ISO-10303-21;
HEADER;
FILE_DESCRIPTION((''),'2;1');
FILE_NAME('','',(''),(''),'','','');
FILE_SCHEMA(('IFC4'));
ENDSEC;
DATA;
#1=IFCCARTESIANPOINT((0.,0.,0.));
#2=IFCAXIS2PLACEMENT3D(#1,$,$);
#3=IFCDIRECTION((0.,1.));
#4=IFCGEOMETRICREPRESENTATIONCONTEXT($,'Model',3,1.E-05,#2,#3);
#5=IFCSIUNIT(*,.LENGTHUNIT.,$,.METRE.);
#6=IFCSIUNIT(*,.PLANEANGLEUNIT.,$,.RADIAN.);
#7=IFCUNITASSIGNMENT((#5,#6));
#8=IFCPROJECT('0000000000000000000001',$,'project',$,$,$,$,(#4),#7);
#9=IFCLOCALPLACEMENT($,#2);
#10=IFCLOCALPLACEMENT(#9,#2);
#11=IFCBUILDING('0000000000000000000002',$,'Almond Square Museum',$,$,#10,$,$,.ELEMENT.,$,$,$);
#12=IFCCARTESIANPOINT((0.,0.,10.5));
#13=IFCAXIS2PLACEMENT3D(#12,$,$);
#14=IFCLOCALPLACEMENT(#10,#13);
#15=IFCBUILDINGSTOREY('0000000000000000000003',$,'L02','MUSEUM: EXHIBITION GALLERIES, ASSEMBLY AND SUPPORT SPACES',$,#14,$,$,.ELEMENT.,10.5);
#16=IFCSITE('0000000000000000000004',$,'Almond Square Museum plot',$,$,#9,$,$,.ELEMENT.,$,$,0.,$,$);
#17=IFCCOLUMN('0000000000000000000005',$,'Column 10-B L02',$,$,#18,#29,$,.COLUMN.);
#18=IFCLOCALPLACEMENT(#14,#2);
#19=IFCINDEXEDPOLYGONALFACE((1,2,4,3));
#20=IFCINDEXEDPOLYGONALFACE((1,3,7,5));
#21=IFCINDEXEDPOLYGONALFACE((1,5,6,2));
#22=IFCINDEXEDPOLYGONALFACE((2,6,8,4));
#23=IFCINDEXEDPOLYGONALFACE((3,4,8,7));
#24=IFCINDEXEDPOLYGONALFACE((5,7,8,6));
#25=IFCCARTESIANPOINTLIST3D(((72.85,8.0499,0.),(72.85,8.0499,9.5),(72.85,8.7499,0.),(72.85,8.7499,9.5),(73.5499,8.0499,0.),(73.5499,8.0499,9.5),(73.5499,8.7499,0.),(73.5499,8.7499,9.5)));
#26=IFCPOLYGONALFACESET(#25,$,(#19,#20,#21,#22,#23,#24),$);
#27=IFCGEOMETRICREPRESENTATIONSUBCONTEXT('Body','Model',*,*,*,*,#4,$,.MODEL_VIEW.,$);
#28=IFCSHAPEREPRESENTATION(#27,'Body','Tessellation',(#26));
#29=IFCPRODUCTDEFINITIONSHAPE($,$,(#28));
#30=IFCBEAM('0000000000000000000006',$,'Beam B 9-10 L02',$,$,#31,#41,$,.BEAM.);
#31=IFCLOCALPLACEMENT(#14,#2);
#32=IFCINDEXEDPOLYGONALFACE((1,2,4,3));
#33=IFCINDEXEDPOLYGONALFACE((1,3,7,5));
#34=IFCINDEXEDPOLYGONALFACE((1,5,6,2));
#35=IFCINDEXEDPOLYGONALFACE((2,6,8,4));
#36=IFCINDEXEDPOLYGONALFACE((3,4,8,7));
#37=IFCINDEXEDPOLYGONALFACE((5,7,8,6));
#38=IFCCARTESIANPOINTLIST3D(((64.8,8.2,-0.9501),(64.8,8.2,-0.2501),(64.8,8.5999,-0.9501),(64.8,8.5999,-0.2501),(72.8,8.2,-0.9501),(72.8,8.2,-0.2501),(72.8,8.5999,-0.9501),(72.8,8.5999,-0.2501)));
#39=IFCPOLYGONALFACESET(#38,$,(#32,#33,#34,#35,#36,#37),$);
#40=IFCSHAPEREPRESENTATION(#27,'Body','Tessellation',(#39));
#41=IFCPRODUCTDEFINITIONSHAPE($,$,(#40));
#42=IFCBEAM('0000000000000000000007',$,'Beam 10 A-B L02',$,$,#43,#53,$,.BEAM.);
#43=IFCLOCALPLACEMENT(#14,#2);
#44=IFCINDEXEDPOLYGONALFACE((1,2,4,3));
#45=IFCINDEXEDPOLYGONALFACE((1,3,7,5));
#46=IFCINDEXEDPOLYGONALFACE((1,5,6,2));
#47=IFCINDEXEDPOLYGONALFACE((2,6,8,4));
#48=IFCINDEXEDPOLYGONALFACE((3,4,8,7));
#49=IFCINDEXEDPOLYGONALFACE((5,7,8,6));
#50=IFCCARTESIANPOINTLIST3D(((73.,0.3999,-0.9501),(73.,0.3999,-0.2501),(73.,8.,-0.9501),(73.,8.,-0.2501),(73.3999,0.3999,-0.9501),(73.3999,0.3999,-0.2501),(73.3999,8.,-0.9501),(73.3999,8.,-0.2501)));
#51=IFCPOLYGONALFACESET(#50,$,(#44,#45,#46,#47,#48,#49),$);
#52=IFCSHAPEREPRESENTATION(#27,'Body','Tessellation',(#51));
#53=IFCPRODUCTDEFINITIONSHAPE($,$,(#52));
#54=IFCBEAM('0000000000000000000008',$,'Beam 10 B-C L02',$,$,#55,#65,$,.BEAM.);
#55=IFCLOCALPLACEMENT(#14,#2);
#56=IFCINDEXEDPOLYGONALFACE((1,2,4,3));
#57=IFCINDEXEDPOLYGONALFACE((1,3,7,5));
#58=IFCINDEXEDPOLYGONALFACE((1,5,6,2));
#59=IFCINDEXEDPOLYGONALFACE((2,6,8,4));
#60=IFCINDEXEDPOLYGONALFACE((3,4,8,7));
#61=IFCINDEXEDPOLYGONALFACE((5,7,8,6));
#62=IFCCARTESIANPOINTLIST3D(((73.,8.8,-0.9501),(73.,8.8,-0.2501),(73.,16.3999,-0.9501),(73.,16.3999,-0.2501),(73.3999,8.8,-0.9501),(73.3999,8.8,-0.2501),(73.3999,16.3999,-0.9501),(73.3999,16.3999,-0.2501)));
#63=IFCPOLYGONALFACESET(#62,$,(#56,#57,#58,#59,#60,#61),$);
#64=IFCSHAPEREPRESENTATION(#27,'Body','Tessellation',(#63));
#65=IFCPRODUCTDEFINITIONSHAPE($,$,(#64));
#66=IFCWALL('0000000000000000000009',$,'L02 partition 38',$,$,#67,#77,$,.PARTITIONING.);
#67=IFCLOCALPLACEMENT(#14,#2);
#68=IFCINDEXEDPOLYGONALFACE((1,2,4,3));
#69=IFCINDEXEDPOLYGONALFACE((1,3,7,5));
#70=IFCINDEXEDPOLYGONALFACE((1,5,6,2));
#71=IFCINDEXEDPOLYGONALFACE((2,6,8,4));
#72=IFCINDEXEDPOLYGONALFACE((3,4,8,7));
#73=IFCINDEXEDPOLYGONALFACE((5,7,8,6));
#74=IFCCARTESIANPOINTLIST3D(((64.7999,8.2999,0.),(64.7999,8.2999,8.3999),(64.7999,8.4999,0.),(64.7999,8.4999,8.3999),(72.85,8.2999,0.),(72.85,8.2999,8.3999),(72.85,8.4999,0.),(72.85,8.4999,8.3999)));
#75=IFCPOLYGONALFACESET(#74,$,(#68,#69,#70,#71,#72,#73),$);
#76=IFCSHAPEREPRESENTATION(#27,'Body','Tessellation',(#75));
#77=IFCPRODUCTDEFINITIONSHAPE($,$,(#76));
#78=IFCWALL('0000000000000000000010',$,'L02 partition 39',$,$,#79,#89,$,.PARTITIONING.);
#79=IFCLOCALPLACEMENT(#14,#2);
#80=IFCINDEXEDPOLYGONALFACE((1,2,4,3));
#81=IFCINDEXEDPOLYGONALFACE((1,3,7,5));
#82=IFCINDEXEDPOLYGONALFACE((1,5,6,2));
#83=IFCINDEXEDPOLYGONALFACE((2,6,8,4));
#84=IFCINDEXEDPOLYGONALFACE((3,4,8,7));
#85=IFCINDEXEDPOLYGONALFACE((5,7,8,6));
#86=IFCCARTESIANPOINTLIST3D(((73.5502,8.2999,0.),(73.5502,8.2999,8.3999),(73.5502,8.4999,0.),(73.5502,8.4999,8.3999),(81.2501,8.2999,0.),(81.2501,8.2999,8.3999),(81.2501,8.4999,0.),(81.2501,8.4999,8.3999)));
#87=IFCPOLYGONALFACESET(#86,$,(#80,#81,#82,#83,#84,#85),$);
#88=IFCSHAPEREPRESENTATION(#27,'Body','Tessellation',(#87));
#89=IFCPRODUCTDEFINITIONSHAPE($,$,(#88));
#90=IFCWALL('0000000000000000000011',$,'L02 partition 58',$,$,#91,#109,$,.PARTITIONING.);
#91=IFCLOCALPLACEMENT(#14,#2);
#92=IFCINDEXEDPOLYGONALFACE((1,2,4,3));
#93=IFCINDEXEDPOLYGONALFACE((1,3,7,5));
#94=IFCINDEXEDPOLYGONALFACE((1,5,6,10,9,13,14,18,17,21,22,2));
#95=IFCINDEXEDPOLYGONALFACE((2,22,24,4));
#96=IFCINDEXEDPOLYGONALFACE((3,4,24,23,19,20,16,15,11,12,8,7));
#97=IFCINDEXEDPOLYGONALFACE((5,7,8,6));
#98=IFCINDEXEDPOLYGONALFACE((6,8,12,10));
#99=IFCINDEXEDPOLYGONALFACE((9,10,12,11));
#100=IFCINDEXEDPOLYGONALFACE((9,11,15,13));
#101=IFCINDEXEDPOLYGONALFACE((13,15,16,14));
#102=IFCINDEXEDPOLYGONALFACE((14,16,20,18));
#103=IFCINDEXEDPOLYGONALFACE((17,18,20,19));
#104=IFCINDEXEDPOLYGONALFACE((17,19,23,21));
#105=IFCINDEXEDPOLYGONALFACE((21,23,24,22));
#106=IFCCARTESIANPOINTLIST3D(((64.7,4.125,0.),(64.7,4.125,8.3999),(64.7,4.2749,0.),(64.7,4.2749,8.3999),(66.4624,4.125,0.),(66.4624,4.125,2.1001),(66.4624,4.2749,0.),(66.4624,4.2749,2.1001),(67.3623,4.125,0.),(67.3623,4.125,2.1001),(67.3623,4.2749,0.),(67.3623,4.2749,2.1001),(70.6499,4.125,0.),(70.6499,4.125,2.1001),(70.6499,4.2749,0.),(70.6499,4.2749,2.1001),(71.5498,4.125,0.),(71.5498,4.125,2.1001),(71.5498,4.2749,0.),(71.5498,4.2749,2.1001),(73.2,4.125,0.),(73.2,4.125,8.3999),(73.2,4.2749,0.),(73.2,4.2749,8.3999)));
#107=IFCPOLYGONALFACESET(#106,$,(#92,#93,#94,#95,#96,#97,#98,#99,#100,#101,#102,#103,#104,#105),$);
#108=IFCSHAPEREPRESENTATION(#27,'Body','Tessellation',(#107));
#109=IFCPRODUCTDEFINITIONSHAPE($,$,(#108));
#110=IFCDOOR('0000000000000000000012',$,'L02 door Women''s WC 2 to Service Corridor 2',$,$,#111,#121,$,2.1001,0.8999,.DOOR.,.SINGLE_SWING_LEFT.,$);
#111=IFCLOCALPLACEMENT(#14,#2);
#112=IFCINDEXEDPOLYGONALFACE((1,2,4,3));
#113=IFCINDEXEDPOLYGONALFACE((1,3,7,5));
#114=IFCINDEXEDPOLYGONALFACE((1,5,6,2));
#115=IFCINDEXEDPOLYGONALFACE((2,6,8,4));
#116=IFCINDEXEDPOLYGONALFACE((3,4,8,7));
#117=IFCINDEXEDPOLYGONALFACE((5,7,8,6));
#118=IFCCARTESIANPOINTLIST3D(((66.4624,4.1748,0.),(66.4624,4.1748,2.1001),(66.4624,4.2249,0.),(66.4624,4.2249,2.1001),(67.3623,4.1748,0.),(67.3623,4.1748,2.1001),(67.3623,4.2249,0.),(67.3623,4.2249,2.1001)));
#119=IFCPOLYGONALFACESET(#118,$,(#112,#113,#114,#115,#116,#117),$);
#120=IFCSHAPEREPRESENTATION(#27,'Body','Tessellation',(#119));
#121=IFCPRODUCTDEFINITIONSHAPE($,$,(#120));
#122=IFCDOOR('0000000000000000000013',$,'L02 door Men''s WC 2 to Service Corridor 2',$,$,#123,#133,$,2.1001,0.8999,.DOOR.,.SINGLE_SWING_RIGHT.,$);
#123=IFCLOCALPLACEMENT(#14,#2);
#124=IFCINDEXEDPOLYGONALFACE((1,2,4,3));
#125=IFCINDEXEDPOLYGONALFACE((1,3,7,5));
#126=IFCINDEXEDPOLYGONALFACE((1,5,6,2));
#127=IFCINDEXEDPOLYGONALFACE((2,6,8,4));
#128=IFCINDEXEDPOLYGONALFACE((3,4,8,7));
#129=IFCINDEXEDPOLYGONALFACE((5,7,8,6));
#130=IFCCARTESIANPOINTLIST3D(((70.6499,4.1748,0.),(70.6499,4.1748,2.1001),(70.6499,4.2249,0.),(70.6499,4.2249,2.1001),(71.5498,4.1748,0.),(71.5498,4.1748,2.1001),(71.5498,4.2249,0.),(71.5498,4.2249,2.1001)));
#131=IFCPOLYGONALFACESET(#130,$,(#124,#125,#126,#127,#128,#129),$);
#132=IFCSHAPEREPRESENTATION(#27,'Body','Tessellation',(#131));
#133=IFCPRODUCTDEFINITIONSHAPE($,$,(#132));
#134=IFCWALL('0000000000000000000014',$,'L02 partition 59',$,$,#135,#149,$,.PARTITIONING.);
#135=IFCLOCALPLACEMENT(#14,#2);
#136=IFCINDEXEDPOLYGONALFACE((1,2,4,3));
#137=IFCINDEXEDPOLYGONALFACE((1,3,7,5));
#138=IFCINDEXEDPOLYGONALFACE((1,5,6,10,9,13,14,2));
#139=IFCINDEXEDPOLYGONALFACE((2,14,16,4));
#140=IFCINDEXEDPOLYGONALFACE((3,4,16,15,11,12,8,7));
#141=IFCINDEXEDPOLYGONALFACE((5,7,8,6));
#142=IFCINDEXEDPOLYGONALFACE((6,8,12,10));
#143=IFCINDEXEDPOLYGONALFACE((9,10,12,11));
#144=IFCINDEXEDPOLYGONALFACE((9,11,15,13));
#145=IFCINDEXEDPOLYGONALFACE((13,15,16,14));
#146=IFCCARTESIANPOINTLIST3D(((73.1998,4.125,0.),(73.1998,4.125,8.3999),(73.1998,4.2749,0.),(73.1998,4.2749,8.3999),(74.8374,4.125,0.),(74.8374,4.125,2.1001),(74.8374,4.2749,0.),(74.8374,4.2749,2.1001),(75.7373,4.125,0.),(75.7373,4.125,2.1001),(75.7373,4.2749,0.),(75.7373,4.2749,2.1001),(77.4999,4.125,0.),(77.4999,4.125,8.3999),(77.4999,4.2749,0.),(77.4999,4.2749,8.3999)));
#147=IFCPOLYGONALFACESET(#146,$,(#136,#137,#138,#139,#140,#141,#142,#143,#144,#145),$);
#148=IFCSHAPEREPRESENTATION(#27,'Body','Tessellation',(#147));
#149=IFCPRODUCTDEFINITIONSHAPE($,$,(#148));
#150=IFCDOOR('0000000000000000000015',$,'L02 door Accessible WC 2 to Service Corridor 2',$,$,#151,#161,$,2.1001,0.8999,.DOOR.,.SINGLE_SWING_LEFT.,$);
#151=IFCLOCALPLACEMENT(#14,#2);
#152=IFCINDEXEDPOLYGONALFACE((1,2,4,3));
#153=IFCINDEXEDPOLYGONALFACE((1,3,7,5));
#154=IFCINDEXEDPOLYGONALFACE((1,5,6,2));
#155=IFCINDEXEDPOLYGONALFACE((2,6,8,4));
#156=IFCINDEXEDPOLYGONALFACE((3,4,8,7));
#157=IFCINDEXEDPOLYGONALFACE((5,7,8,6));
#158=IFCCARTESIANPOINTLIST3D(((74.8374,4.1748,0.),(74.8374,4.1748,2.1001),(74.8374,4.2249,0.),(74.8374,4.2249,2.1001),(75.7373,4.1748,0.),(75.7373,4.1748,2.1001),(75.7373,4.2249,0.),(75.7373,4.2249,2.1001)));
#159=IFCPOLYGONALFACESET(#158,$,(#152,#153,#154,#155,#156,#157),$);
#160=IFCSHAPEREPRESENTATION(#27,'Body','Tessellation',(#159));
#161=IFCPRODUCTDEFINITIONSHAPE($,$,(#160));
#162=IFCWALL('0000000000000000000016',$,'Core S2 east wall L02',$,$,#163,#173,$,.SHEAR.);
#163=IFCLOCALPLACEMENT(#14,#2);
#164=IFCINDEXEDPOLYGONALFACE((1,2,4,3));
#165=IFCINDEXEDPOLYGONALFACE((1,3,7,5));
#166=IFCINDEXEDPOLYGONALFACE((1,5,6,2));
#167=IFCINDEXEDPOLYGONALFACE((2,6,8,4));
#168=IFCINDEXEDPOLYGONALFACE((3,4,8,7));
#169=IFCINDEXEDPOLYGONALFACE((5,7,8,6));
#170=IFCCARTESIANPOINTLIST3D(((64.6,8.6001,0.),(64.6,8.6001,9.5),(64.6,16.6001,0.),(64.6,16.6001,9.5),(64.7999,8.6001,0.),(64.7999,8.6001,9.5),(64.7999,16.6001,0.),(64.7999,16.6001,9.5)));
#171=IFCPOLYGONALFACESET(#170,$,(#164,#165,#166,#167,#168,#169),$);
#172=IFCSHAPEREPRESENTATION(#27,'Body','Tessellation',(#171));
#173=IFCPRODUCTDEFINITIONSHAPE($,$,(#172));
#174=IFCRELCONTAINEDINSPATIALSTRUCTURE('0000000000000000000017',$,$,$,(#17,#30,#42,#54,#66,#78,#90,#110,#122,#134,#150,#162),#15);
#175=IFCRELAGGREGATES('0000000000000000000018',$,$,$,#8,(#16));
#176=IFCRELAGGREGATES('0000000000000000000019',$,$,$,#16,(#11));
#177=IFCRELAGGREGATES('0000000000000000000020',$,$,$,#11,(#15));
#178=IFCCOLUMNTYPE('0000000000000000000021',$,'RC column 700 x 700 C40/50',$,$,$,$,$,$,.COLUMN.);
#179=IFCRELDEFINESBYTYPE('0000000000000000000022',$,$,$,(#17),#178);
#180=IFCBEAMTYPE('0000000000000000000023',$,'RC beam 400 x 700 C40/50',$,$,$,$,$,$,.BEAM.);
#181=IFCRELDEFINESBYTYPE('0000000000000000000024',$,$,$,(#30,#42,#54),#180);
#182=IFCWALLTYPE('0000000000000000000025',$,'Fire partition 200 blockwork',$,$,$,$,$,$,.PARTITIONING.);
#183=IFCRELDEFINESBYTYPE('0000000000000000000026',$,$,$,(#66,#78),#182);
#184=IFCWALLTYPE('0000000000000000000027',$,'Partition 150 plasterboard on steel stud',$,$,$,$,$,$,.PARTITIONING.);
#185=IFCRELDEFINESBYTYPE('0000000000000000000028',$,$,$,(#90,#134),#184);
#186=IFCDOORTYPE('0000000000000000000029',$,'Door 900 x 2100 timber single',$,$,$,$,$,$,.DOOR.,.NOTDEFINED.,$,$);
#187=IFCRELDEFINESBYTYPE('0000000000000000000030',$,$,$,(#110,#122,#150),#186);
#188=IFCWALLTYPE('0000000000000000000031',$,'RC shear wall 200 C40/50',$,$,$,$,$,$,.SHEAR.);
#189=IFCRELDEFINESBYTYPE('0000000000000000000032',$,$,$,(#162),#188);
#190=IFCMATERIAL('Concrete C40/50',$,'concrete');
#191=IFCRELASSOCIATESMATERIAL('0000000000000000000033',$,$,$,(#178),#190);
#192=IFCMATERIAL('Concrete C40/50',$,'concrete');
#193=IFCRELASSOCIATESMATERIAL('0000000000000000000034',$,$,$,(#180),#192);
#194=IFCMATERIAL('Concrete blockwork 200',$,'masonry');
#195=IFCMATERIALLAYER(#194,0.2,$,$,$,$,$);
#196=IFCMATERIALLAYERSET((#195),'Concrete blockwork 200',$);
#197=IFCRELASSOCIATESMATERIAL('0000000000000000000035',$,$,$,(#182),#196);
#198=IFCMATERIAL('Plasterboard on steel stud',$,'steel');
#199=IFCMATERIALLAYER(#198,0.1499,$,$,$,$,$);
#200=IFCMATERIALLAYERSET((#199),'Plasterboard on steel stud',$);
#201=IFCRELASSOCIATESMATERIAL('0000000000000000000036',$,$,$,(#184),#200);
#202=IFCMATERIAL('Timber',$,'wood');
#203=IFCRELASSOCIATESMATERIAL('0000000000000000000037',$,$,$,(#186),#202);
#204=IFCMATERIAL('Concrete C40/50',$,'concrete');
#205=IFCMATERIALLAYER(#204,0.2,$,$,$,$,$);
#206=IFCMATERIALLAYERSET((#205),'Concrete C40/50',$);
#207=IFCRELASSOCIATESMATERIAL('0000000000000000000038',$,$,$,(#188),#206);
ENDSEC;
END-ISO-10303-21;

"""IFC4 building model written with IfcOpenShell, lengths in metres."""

from ifc_helpers import new_model, si_unit, direction, frame, frame_2d, origin, origin_2d, place, context, subcontext, project, spatial, rectangle, extrude, material, layer, layer_set, material_profile, profile_set, type_object, element, fill, save


model = new_model("IFC4")

# Units and contexts
model_context = context("Model", 3, precision=1e-05, world=origin(), true_north=direction((0.0, 1.0)))
body_context = subcontext(model_context, "Body", "Model", "MODEL_VIEW")
ifc_project = project(units=[si_unit("LENGTHUNIT", "METRE"), si_unit("PLANEANGLEUNIT", "RADIAN")], contexts=[model_context])

# Site, building, storey
site_placement = place(None, origin())
site = spatial("IfcSite", under=ifc_project, at=site_placement, Name="Almond Square Museum plot", CompositionType="ELEMENT", RefElevation=0.0)
building_placement = place(site_placement, origin())
building = spatial("IfcBuilding", under=site, at=building_placement, Name="Almond Square Museum", CompositionType="ELEMENT")
storey_placement = place(building_placement, frame((0.0, 0.0, 10.5)))
storey = spatial("IfcBuildingStorey", under=building, at=storey_placement, Name="L02", Description="MUSEUM: EXHIBITION GALLERIES, ASSEMBLY AND SUPPORT SPACES", CompositionType="ELEMENT", Elevation=10.5)

# Column
ifc_material_1 = material(Name="Concrete C40/50", Category="concrete")
ifc_material_profile_1 = material_profile(ifc_material_1, rectangle(XDim=0.7, YDim=0.7, at=origin_2d()))
ifc_profile_set_1 = profile_set([ifc_material_profile_1], Name="Concrete C40/50")
column_type = type_object("IfcColumnType", Name="RC column 700 x 700 C40/50", PredefinedType="COLUMN", material=ifc_profile_set_1)
column_placement = place(storey_placement, frame((73.2, 8.3999, 0.0), z_axis=(0.0, 0.0, 1.0), x_axis=(1.0, 0.0, 0.0)))
element("IfcColumn", 1, at=column_placement, inside=storey, type_object=column_type, Name="Column 10-B L02", PredefinedType="COLUMN", context=body_context, shape_type="SweptSolid", body=[
    extrude(rectangle(XDim=0.7, YDim=0.7, at=origin_2d()), origin(), (0.0, 0.0, 1.0), 9.5),
])

# Beams
ifc_material_2 = material(Name="Concrete C40/50", Category="concrete")
ifc_material_profile_2 = material_profile(ifc_material_2, rectangle(XDim=0.3999, YDim=0.7, at=origin_2d()))
ifc_profile_set_2 = profile_set([ifc_material_profile_2], Name="Concrete C40/50")
beam_type = type_object("IfcBeamType", Name="RC beam 400 x 700 C40/50", PredefinedType="BEAM", material=ifc_profile_set_2)
beam_1_placement = place(storey_placement, frame((64.8, 8.3999, -0.6001), z_axis=(1.0, 0.0, 0.0), x_axis=(0.0, 1.0, 0.0)))
element("IfcBeam", 2, at=beam_1_placement, inside=storey, type_object=beam_type, Name="Beam B 9-10 L02", PredefinedType="BEAM", context=body_context, shape_type="SweptSolid", body=[
    extrude(rectangle(XDim=0.3999, YDim=0.7, at=origin_2d()), origin(), (0.0, 0.0, 1.0), 8.0),
])
beam_2_placement = place(storey_placement, frame((73.2, 0.3999, -0.6001), z_axis=(0.0, 1.0, 0.0), x_axis=(-1.0, 0.0, 0.0)))
element("IfcBeam", 3, at=beam_2_placement, inside=storey, type_object=beam_type, Name="Beam 10 A-B L02", PredefinedType="BEAM", context=body_context, shape_type="SweptSolid", body=[
    extrude(rectangle(XDim=0.3999, YDim=0.7, at=origin_2d()), origin(), (0.0, 0.0, 1.0), 7.6001),
])
beam_3_placement = place(storey_placement, frame((73.2, 8.8, -0.6001), z_axis=(0.0, 1.0, 0.0), x_axis=(-1.0, 0.0, 0.0)))
element("IfcBeam", 4, at=beam_3_placement, inside=storey, type_object=beam_type, Name="Beam 10 B-C L02", PredefinedType="BEAM", context=body_context, shape_type="SweptSolid", body=[
    extrude(rectangle(XDim=0.3999, YDim=0.7, at=origin_2d()), origin(), (0.0, 0.0, 1.0), 7.5999),
])

# Walls
ifc_material_3 = material(Name="Concrete blockwork 200", Category="masonry")
ifc_layer_1 = layer(ifc_material_3, 0.2)
ifc_layer_set_1 = layer_set([ifc_layer_1], Name="Concrete blockwork 200")
wall_type_1 = type_object("IfcWallType", Name="Fire partition 200 blockwork", PredefinedType="PARTITIONING", material=ifc_layer_set_1)
wall_1_placement = place(storey_placement, frame((64.8, 8.3999, 0.0), z_axis=(0.0, 0.0, 1.0), x_axis=(1.0, 0.0, 0.0)))
element("IfcWall", 5, at=wall_1_placement, inside=storey, type_object=wall_type_1, Name="L02 partition 38", PredefinedType="PARTITIONING", context=body_context, shape_type="SweptSolid", body=[
    extrude(rectangle(XDim=8.05, YDim=0.2, at=frame_2d((4.0249, 0.0))), origin(), (0.0, 0.0, 1.0), 8.3999),
])
wall_2_placement = place(storey_placement, frame((73.55, 8.3999, 0.0), z_axis=(0.0, 0.0, 1.0), x_axis=(1.0, 0.0, 0.0)))
element("IfcWall", 6, at=wall_2_placement, inside=storey, type_object=wall_type_1, Name="L02 partition 39", PredefinedType="PARTITIONING", context=body_context, shape_type="SweptSolid", body=[
    extrude(rectangle(XDim=7.7, YDim=0.2, at=frame_2d((3.8501, 0.0))), origin(), (0.0, 0.0, 1.0), 8.3999),
])

# Wall, openings, doors
ifc_material_4 = material(Name="Plasterboard on steel stud", Category="steel")
ifc_layer_2 = layer(ifc_material_4, 0.1499)
ifc_layer_set_2 = layer_set([ifc_layer_2], Name="Plasterboard on steel stud")
wall_type_2 = type_object("IfcWallType", Name="Partition 150 plasterboard on steel stud", PredefinedType="PARTITIONING", material=ifc_layer_set_2)
wall_3_placement = place(storey_placement, frame((64.7, 4.2, 0.0), z_axis=(0.0, 0.0, 1.0), x_axis=(1.0, 0.0, 0.0)))
wall_3 = element("IfcWall", 7, at=wall_3_placement, inside=storey, type_object=wall_type_2, Name="L02 partition 58", PredefinedType="PARTITIONING", context=body_context, shape_type="SweptSolid", body=[
    extrude(rectangle(XDim=8.5, YDim=0.1499, at=frame_2d((4.25, 0.0))), origin(), (0.0, 0.0, 1.0), 8.3999),
])
opening_1_placement = place(wall_3_placement, frame((1.7625, 0.0, 0.0)))
opening_1 = element("IfcOpeningElement", 8, at=opening_1_placement, cuts=wall_3, PredefinedType="OPENING", context=body_context, shape_type="SweptSolid", body=[
    extrude(rectangle(XDim=0.8999, YDim=2.1001, at=frame_2d((0.45, 1.05))), frame((0.0, 0.085, 0.0), z_axis=(0.0, -1.0, 0.0), x_axis=(1.0, 0.0, 0.0)), (0.0, 0.0, 1.0), 0.1699),
])
opening_2_placement = place(wall_3_placement, frame((5.95, 0.0, 0.0)))
opening_2 = element("IfcOpeningElement", 9, at=opening_2_placement, cuts=wall_3, PredefinedType="OPENING", context=body_context, shape_type="SweptSolid", body=[
    extrude(rectangle(XDim=0.8999, YDim=2.1001, at=frame_2d((0.45, 1.05))), frame((0.0, 0.085, 0.0), z_axis=(0.0, -1.0, 0.0), x_axis=(1.0, 0.0, 0.0)), (0.0, 0.0, 1.0), 0.1699),
])
ifc_material_5 = material(Name="Timber", Category="wood")
door_type = type_object("IfcDoorType", Name="Door 900 x 2100 timber single", OperationType="NOTDEFINED", PredefinedType="DOOR", material=ifc_material_5)
door_1_placement = place(opening_1_placement, origin())
door_1 = element("IfcDoor", 10, at=door_1_placement, inside=storey, type_object=door_type, Name="L02 door Women's WC 2 to Service Corridor 2", OperationType="SINGLE_SWING_LEFT", OverallHeight=2.1001, OverallWidth=0.8999, PredefinedType="DOOR", context=body_context, shape_type="SweptSolid", body=[
    extrude(rectangle(XDim=0.8999, YDim=2.1001, at=frame_2d((0.45, 1.05))), frame((0.0, 0.0249, 0.0), z_axis=(0.0, -1.0, 0.0), x_axis=(1.0, 0.0, 0.0)), (0.0, 0.0, 1.0), 0.05),
])
fill(opening_1, door_1)
door_2_placement = place(opening_2_placement, origin())
door_2 = element("IfcDoor", 11, at=door_2_placement, inside=storey, type_object=door_type, Name="L02 door Men's WC 2 to Service Corridor 2", OperationType="SINGLE_SWING_RIGHT", OverallHeight=2.1001, OverallWidth=0.8999, PredefinedType="DOOR", context=body_context, shape_type="SweptSolid", body=[
    extrude(rectangle(XDim=0.8999, YDim=2.1001, at=frame_2d((0.45, 1.05))), frame((0.0, 0.0249, 0.0), z_axis=(0.0, -1.0, 0.0), x_axis=(1.0, 0.0, 0.0)), (0.0, 0.0, 1.0), 0.05),
])
fill(opening_2, door_2)

# Wall, opening, door
wall_4_placement = place(storey_placement, frame((73.2, 4.2, 0.0), z_axis=(0.0, 0.0, 1.0), x_axis=(1.0, 0.0, 0.0)))
wall_4 = element("IfcWall", 12, at=wall_4_placement, inside=storey, type_object=wall_type_2, Name="L02 partition 59", PredefinedType="PARTITIONING", context=body_context, shape_type="SweptSolid", body=[
    extrude(rectangle(XDim=4.3, YDim=0.1499, at=frame_2d((2.1499, 0.0))), origin(), (0.0, 0.0, 1.0), 8.3999),
])
opening_3_placement = place(wall_4_placement, frame((1.6375, 0.0, 0.0)))
opening_3 = element("IfcOpeningElement", 13, at=opening_3_placement, cuts=wall_4, PredefinedType="OPENING", context=body_context, shape_type="SweptSolid", body=[
    extrude(rectangle(XDim=0.8999, YDim=2.1001, at=frame_2d((0.45, 1.05))), frame((0.0, 0.085, 0.0), z_axis=(0.0, -1.0, 0.0), x_axis=(1.0, 0.0, 0.0)), (0.0, 0.0, 1.0), 0.1699),
])
door_3_placement = place(opening_3_placement, origin())
door_3 = element("IfcDoor", 14, at=door_3_placement, inside=storey, type_object=door_type, Name="L02 door Accessible WC 2 to Service Corridor 2", OperationType="SINGLE_SWING_LEFT", OverallHeight=2.1001, OverallWidth=0.8999, PredefinedType="DOOR", context=body_context, shape_type="SweptSolid", body=[
    extrude(rectangle(XDim=0.8999, YDim=2.1001, at=frame_2d((0.45, 1.05))), frame((0.0, 0.0249, 0.0), z_axis=(0.0, -1.0, 0.0), x_axis=(1.0, 0.0, 0.0)), (0.0, 0.0, 1.0), 0.05),
])
fill(opening_3, door_3)

# Wall
ifc_material_6 = material(Name="Concrete C40/50", Category="concrete")
ifc_layer_3 = layer(ifc_material_6, 0.2)
ifc_layer_set_3 = layer_set([ifc_layer_3], Name="Concrete C40/50")
wall_type_3 = type_object("IfcWallType", Name="RC shear wall 200 C40/50", PredefinedType="SHEAR", material=ifc_layer_set_3)
wall_5_placement = place(storey_placement, frame((64.7, 8.6001, 0.0), z_axis=(0.0, 0.0, 1.0), x_axis=(0.0, 1.0, 0.0)))
element("IfcWall", 15, at=wall_5_placement, inside=storey, type_object=wall_type_3, Name="Core S2 east wall L02", PredefinedType="SHEAR", context=body_context, shape_type="SweptSolid", body=[
    extrude(rectangle(XDim=8.0, YDim=0.2, at=frame_2d((4.0, 0.0))), origin(), (0.0, 0.0, 1.0), 9.5),
])

save(model, "model.ifc")
